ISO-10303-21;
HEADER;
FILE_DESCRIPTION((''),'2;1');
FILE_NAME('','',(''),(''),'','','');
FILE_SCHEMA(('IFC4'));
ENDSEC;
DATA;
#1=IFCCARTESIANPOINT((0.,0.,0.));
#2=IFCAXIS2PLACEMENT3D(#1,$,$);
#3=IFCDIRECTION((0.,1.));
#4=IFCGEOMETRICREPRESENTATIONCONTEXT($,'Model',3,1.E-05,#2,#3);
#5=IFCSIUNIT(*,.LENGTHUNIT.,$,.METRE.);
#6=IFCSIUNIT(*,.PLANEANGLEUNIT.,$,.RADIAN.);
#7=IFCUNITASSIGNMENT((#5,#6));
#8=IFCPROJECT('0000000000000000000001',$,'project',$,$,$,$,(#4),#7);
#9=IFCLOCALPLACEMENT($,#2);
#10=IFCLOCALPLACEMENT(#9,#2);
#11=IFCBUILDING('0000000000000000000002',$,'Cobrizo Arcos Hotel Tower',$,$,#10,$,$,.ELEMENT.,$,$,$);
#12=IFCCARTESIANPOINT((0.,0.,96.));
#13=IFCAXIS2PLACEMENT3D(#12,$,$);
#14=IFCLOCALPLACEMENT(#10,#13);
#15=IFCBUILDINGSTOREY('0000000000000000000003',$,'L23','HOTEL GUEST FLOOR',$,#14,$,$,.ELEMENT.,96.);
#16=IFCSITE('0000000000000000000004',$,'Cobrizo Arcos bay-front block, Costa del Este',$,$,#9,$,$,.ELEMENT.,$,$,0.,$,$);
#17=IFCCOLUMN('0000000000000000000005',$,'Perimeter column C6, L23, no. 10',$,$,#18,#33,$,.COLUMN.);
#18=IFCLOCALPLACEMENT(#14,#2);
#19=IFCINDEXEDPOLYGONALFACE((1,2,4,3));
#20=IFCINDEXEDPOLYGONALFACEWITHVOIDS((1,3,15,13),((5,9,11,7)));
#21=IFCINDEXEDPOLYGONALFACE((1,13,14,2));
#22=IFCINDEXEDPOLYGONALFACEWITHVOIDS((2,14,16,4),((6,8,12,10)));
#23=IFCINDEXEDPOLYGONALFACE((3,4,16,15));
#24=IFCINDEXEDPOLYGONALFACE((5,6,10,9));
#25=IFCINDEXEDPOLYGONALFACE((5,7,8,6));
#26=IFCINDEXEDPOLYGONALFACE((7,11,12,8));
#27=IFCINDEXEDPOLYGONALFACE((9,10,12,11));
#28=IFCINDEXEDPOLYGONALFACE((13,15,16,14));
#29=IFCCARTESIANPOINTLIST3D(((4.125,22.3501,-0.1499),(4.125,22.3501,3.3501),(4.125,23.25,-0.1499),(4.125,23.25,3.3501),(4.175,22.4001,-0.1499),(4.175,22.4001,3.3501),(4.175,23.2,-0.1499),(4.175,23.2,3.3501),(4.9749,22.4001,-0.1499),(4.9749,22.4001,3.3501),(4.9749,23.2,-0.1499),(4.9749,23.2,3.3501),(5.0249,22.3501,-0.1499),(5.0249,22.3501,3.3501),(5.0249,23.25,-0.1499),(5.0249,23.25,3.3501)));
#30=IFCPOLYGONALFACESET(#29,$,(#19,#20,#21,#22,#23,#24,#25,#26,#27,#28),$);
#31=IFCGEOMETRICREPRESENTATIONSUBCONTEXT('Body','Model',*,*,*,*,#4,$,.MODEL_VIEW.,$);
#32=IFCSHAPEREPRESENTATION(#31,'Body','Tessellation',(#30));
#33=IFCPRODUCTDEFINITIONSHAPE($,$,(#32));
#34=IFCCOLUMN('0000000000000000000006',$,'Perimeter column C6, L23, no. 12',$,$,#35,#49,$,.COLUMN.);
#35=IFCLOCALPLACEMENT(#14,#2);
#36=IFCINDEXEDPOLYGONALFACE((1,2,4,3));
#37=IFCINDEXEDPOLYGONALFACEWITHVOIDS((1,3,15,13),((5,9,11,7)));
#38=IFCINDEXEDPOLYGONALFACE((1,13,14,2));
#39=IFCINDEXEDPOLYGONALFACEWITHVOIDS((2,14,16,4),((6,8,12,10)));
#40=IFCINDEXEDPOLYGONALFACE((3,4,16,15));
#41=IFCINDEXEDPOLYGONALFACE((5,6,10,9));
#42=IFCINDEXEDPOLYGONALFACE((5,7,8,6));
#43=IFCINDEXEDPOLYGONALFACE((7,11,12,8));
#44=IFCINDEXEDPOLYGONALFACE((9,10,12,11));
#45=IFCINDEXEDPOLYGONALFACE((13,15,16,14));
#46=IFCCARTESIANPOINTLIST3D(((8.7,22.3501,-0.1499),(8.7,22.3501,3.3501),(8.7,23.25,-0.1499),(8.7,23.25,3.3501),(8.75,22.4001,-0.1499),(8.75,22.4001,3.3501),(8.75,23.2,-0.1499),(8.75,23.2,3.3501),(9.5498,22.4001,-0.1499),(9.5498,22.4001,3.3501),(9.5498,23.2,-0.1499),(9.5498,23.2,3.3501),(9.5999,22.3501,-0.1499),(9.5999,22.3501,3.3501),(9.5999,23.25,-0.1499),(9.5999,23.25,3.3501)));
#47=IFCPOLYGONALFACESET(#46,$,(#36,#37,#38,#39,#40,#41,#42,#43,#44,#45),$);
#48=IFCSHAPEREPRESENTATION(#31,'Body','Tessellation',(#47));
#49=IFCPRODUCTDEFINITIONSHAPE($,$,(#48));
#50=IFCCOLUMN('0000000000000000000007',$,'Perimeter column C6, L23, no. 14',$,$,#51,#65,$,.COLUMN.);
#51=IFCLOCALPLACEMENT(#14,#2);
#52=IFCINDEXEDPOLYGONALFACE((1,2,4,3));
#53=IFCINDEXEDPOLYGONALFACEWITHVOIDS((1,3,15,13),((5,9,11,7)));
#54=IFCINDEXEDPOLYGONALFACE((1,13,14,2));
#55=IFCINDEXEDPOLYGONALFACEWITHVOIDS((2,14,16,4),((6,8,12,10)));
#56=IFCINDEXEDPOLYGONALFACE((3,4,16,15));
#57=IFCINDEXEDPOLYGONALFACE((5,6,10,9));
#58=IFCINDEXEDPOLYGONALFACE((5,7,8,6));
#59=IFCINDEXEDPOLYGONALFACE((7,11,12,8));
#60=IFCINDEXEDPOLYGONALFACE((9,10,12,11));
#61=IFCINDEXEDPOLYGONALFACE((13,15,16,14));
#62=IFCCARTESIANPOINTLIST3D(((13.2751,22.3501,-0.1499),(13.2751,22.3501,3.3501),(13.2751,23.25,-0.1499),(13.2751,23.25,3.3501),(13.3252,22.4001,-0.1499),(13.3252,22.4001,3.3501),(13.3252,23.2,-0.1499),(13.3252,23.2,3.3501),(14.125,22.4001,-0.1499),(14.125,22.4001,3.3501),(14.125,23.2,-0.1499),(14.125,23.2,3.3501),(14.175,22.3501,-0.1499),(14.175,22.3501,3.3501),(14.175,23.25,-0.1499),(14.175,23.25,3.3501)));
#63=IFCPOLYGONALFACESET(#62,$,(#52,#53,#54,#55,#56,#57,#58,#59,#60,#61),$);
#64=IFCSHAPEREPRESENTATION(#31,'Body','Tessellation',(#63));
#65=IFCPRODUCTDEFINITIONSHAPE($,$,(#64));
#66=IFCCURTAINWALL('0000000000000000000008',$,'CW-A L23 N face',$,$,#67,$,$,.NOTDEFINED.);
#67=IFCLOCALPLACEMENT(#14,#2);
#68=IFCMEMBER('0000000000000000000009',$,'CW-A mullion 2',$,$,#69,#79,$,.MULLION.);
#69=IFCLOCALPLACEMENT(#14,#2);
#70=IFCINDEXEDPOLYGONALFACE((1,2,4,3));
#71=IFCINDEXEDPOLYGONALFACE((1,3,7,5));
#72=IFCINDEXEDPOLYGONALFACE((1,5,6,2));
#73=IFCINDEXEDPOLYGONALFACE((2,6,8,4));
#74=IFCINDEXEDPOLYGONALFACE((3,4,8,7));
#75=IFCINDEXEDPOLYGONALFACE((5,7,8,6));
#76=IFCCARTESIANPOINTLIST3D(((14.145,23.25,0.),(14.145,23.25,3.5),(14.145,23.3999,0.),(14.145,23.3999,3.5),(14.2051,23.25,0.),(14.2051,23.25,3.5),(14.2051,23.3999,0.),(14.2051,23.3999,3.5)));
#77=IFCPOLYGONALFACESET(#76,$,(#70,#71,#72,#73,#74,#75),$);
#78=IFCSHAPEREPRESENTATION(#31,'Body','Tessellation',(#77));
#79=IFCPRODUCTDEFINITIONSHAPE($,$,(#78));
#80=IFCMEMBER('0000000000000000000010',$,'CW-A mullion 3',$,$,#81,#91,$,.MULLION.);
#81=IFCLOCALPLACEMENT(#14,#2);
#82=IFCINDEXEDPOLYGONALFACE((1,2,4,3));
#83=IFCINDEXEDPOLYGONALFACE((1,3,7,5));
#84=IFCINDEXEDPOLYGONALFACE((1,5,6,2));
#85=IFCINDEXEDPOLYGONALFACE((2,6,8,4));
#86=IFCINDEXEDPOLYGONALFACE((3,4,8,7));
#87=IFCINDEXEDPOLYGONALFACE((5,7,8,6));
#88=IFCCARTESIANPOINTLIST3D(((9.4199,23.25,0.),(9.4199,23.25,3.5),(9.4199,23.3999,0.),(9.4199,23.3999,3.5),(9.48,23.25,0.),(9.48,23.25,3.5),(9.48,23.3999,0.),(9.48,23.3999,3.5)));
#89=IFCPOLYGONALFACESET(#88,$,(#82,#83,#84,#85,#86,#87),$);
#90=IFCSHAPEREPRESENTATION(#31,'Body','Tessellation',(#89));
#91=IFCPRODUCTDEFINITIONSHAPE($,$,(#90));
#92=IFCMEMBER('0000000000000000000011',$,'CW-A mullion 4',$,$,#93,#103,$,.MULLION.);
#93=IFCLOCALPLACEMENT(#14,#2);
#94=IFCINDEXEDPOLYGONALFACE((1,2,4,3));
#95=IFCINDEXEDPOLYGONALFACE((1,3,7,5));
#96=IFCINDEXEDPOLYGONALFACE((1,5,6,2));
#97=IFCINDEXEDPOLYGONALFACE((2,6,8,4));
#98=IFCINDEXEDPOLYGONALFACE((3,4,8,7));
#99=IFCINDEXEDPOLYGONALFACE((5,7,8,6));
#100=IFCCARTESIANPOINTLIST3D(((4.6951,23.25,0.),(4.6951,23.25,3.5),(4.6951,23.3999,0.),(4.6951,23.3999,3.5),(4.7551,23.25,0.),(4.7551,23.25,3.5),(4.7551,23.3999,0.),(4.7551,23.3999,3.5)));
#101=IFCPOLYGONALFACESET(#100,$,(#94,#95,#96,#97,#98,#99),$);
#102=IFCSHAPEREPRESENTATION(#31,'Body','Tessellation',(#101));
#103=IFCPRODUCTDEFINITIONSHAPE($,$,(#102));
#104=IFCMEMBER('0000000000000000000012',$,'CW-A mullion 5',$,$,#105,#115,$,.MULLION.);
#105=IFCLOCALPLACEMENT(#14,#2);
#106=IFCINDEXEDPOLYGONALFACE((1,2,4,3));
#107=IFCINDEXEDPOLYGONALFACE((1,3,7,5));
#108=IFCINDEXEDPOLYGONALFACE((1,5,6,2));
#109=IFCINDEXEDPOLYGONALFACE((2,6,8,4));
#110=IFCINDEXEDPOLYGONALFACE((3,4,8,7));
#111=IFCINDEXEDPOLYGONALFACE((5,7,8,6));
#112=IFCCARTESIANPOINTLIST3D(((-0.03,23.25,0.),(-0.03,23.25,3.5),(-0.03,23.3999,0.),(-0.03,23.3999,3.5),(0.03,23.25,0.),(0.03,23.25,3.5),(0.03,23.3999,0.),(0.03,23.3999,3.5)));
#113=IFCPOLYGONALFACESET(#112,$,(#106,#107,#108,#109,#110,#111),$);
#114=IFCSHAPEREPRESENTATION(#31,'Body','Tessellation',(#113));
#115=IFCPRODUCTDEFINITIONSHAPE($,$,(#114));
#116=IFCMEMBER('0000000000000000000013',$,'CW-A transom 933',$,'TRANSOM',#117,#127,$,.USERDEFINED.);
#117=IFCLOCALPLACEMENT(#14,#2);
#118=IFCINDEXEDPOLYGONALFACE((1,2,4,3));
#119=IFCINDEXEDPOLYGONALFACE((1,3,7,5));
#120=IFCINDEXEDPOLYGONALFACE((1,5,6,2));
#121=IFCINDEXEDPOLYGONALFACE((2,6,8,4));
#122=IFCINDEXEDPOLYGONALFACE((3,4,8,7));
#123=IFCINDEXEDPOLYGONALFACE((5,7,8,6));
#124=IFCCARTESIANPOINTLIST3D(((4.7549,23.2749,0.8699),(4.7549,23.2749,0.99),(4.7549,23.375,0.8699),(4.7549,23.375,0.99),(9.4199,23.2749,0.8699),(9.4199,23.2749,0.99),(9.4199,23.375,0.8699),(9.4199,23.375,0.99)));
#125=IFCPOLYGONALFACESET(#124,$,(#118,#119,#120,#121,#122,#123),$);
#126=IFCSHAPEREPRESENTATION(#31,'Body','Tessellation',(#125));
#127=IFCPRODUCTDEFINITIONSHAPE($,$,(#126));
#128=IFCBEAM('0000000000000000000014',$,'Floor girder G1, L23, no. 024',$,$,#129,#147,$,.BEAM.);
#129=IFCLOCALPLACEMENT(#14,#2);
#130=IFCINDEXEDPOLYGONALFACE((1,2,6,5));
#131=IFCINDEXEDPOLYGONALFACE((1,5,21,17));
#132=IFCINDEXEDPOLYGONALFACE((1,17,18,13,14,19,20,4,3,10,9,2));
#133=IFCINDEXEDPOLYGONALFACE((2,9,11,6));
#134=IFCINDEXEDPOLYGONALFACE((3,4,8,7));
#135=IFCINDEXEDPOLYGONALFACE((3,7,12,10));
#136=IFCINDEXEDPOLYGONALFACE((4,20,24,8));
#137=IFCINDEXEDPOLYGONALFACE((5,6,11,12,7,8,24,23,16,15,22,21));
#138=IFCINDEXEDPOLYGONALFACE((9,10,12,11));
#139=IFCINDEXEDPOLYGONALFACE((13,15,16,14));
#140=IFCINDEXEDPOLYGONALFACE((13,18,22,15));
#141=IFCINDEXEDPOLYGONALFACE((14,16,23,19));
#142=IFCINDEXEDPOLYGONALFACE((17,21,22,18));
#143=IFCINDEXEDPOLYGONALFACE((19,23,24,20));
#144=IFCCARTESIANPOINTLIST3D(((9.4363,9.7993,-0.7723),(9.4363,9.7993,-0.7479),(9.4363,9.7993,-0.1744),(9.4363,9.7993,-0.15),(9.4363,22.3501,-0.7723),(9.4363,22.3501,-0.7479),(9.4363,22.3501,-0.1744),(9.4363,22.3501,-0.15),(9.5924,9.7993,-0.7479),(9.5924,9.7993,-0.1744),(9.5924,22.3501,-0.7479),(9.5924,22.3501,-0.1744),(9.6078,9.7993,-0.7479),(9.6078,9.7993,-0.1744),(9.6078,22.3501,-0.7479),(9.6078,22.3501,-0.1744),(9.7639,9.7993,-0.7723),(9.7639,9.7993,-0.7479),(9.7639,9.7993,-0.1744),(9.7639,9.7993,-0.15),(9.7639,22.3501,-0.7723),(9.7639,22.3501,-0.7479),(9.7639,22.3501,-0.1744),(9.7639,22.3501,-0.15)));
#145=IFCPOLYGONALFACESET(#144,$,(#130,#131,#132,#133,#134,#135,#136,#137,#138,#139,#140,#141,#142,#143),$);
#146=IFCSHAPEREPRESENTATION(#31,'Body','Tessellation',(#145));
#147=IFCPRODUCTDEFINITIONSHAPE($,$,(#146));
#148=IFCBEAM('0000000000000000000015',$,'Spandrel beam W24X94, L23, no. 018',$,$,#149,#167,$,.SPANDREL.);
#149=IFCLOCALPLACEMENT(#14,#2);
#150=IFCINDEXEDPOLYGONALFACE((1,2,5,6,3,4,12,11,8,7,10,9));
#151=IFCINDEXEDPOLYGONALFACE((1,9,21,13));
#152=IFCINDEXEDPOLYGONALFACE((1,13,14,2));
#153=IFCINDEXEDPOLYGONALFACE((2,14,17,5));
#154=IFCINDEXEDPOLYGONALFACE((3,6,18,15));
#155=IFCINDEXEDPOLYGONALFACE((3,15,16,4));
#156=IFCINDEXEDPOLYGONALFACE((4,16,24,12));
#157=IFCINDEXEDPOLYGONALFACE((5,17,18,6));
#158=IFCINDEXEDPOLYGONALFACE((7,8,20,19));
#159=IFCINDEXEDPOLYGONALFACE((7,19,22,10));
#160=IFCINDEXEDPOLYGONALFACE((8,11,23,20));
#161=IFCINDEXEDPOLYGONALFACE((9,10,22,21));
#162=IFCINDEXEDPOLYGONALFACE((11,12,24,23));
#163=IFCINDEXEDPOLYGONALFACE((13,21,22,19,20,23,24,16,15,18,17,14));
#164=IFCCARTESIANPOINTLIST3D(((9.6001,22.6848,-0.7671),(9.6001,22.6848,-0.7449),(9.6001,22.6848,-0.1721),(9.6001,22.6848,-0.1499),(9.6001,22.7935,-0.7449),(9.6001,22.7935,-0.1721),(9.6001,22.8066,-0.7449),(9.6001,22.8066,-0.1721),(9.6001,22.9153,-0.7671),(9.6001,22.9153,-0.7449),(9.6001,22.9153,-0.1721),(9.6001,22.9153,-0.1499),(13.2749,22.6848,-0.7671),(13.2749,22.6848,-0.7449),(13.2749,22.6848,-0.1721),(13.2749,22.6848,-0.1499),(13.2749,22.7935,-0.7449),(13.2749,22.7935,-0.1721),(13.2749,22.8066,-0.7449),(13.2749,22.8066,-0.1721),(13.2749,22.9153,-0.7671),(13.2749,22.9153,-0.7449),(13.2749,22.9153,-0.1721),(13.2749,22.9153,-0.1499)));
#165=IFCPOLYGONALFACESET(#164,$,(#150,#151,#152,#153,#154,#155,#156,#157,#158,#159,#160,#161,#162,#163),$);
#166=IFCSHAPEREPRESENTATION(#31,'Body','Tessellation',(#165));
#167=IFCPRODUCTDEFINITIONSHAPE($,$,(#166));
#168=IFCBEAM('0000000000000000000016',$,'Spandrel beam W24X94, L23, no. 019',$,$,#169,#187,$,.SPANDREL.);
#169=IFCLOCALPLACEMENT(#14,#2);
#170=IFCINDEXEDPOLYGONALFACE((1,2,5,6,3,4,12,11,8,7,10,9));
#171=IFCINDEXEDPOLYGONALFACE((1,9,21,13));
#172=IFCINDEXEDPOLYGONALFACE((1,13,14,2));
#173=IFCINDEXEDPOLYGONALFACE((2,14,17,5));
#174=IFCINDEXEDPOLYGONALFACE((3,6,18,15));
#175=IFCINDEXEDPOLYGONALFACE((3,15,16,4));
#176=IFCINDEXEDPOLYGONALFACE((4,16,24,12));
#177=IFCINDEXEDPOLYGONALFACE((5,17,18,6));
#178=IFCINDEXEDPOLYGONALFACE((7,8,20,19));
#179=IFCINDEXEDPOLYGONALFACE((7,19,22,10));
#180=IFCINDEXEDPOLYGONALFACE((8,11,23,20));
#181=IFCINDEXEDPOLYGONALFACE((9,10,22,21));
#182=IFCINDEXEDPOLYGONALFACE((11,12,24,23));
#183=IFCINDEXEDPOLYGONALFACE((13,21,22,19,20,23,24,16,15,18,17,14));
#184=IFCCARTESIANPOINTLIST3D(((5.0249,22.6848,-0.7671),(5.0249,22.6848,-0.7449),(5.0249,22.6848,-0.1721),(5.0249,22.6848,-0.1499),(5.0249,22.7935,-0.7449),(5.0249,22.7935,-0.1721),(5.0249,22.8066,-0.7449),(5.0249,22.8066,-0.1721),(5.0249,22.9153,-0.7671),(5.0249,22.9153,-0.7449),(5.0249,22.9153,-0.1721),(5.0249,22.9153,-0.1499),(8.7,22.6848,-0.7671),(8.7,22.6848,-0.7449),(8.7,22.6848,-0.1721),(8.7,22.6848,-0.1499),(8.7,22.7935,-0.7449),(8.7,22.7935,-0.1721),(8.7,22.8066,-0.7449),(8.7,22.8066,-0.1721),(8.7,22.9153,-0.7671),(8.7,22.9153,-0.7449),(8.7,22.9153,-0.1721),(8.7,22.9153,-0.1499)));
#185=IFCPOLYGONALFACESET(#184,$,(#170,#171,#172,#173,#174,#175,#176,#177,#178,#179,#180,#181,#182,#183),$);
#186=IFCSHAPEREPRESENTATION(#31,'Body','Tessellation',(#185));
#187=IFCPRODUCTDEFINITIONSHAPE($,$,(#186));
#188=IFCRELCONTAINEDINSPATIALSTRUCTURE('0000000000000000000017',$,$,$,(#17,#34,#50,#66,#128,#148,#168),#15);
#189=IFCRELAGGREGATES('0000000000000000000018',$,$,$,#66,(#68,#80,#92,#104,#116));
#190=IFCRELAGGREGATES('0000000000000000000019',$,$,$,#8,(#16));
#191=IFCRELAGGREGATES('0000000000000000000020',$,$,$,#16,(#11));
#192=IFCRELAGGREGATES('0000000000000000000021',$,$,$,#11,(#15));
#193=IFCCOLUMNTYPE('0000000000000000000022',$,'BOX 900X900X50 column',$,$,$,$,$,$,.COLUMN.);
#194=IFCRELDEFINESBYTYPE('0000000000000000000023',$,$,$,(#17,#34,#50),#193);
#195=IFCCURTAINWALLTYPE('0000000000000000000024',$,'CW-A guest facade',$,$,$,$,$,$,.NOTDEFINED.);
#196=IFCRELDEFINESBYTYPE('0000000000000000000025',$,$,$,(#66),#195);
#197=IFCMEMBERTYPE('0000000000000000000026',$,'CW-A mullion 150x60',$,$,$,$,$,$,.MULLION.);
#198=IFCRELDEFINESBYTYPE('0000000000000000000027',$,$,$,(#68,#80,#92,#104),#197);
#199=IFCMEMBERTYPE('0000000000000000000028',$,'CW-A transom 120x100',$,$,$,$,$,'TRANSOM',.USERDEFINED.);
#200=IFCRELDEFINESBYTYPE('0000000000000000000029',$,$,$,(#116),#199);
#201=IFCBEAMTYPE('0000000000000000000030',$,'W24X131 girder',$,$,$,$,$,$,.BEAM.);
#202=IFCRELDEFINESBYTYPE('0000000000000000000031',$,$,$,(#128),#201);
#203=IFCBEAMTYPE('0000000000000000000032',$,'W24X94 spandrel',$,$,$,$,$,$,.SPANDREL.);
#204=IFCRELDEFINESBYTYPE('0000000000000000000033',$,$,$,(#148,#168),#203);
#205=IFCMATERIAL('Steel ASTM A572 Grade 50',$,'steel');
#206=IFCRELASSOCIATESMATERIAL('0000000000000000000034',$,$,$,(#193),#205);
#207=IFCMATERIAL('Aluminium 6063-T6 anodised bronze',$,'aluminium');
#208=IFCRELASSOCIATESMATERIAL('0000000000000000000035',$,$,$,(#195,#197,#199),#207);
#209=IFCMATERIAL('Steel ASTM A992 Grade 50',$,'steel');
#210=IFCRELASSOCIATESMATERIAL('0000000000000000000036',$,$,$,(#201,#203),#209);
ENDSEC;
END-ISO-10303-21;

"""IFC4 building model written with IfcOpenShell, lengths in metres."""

from ifc_helpers import new_model, si_unit, direction, frame, origin, origin_2d, place, context, subcontext, project, spatial, rectangle, hollow_rectangle, i_section, extrude, material, material_profile, profile_set, type_object, element, aggregate, save


model = new_model("IFC4")

# Units and contexts
model_context = context("Model", 3, precision=1e-05, world=origin(), true_north=direction((0.0, 1.0)))
body_context = subcontext(model_context, "Body", "Model", "MODEL_VIEW")
ifc_project = project(units=[si_unit("LENGTHUNIT", "METRE"), si_unit("PLANEANGLEUNIT", "RADIAN")], contexts=[model_context])

# Site, building, storey
site_placement = place(None, origin())
site = spatial("IfcSite", under=ifc_project, at=site_placement, Name="Cobrizo Arcos bay-front block, Costa del Este", CompositionType="ELEMENT", RefElevation=0.0)
building_placement = place(site_placement, origin())
building = spatial("IfcBuilding", under=site, at=building_placement, Name="Cobrizo Arcos Hotel Tower", CompositionType="ELEMENT")
storey_placement = place(building_placement, frame((0.0, 0.0, 96.0)))
storey = spatial("IfcBuildingStorey", under=building, at=storey_placement, Name="L23", Description="HOTEL GUEST FLOOR", CompositionType="ELEMENT", Elevation=96.0)

# Columns
ifc_material_1 = material(Name="Steel ASTM A572 Grade 50", Category="steel")
ifc_material_profile_1 = material_profile(ifc_material_1, hollow_rectangle(XDim=0.8999, YDim=0.8999, WallThickness=0.05, at=origin_2d()), Name="BOX 900X900X50")
ifc_profile_set_1 = profile_set([ifc_material_profile_1], Name="Steel ASTM A572 Grade 50")
column_type = type_object("IfcColumnType", Name="BOX 900X900X50 column", PredefinedType="COLUMN", material=ifc_profile_set_1)
for number, where, z_axis, x_axis, name in (
    (1, (4.575, 22.8, -0.1499), (0.0, 0.0, 1.0), (1.0, 0.0, 0.0), "Perimeter column C6, L23, no. 10"),
    (2, (9.1499, 22.8, -0.1499), (0.0, 0.0, 1.0), (1.0, 0.0, 0.0), "Perimeter column C6, L23, no. 12"),
    (3, (13.7251, 22.8, -0.1499), (0.0, 0.0, 1.0), (1.0, 0.0, 0.0), "Perimeter column C6, L23, no. 14"),
):
    element("IfcColumn", number, at=place(storey_placement, frame(where, z_axis=z_axis, x_axis=x_axis)), inside=storey, type_object=column_type, Name=name, PredefinedType="COLUMN", context=body_context, shape_type="SweptSolid", body=[
        extrude(hollow_rectangle(XDim=0.8999, YDim=0.8999, WallThickness=0.05, at=origin_2d()), origin(), (0.0, 0.0, 1.0), 3.5),
    ])

# Curtain wall, members
ifc_material_2 = material(Name="Aluminium 6063-T6 anodised bronze", Category="aluminium")
curtain_wall_type = type_object("IfcCurtainWallType", Name="CW-A guest facade", PredefinedType="NOTDEFINED", material=ifc_material_2)
curtain_wall_placement = place(storey_placement, origin())
curtain_wall = element("IfcCurtainWall", 4, at=curtain_wall_placement, inside=storey, type_object=curtain_wall_type, Name="CW-A L23 N face", PredefinedType="NOTDEFINED")
ifc_material_profile_2 = material_profile(ifc_material_2, rectangle(XDim=0.1499, YDim=0.0601, at=origin_2d()), Name="CW-A mullion 150x60")
ifc_profile_set_2 = profile_set([ifc_material_profile_2], Name="Aluminium 6063-T6 anodised bronze")
member_type_1 = type_object("IfcMemberType", Name="CW-A mullion 150x60", PredefinedType="MULLION", material=ifc_profile_set_2)
member_1_placement = place(storey_placement, frame((14.175, 23.325, 0.0), z_axis=(0.0, 0.0, 1.0), x_axis=(0.0, 1.0, 0.0)))
member_1 = element("IfcMember", 5, at=member_1_placement, type_object=member_type_1, Name="CW-A mullion 2", PredefinedType="MULLION", context=body_context, shape_type="SweptSolid", body=[
    extrude(rectangle(XDim=0.1499, YDim=0.0601, at=origin_2d()), origin(), (0.0, 0.0, 1.0), 3.5),
])
member_2_placement = place(storey_placement, frame((9.45, 23.325, 0.0), z_axis=(0.0, 0.0, 1.0), x_axis=(0.0, 1.0, 0.0)))
member_2 = element("IfcMember", 6, at=member_2_placement, type_object=member_type_1, Name="CW-A mullion 3", PredefinedType="MULLION", context=body_context, shape_type="SweptSolid", body=[
    extrude(rectangle(XDim=0.1499, YDim=0.0601, at=origin_2d()), origin(), (0.0, 0.0, 1.0), 3.5),
])
member_3_placement = place(storey_placement, frame((4.7251, 23.325, 0.0), z_axis=(0.0, 0.0, 1.0), x_axis=(0.0, 1.0, 0.0)))
member_3 = element("IfcMember", 7, at=member_3_placement, type_object=member_type_1, Name="CW-A mullion 4", PredefinedType="MULLION", context=body_context, shape_type="SweptSolid", body=[
    extrude(rectangle(XDim=0.1499, YDim=0.0601, at=origin_2d()), origin(), (0.0, 0.0, 1.0), 3.5),
])
member_4_placement = place(storey_placement, frame((0.0, 23.325, 0.0), z_axis=(0.0, 0.0, 1.0), x_axis=(0.0, 1.0, 0.0)))
member_4 = element("IfcMember", 8, at=member_4_placement, type_object=member_type_1, Name="CW-A mullion 5", PredefinedType="MULLION", context=body_context, shape_type="SweptSolid", body=[
    extrude(rectangle(XDim=0.1499, YDim=0.0601, at=origin_2d()), origin(), (0.0, 0.0, 1.0), 3.5),
])
ifc_material_profile_3 = material_profile(ifc_material_2, rectangle(XDim=0.1001, YDim=0.1201, at=origin_2d()), Name="CW-A transom 120x100")
ifc_profile_set_3 = profile_set([ifc_material_profile_3], Name="Aluminium 6063-T6 anodised bronze")
member_type_2 = type_object("IfcMemberType", Name="CW-A transom 120x100", ElementType="TRANSOM", PredefinedType="USERDEFINED", material=ifc_profile_set_3)
member_5_placement = place(storey_placement, frame((9.4199, 23.325, 0.9299), z_axis=(-1.0, 0.0, 0.0), x_axis=(0.0, -1.0, 0.0)))
member_5 = element("IfcMember", 9, at=member_5_placement, type_object=member_type_2, Name="CW-A transom 933", ObjectType="TRANSOM", PredefinedType="USERDEFINED", context=body_context, shape_type="SweptSolid", body=[
    extrude(rectangle(XDim=0.1001, YDim=0.1201, at=origin_2d()), origin(), (0.0, 0.0, 1.0), 4.665),
])

# Beams
ifc_material_3 = material(Name="Steel ASTM A992 Grade 50", Category="steel")
ifc_material_profile_4 = material_profile(ifc_material_3, i_section(OverallWidth=0.3276, OverallDepth=0.6223, WebThickness=0.0154, FlangeThickness=0.0244, at=origin_2d()), Name="W24X131")
ifc_profile_set_4 = profile_set([ifc_material_profile_4], Name="Steel ASTM A992 Grade 50")
beam_type_1 = type_object("IfcBeamType", Name="W24X131 girder", PredefinedType="BEAM", material=ifc_profile_set_4)
beam_1_placement = place(storey_placement, frame((9.6001, 9.7993, -0.4612), z_axis=(0.0, 1.0, 0.0), x_axis=(-1.0, 0.0, 0.0)))
element("IfcBeam", 10, at=beam_1_placement, inside=storey, type_object=beam_type_1, Name="Floor girder G1, L23, no. 024", PredefinedType="BEAM", context=body_context, shape_type="SweptSolid", body=[
    extrude(i_section(OverallWidth=0.3276, OverallDepth=0.6223, WebThickness=0.0154, FlangeThickness=0.0244, at=origin_2d()), origin(), (0.0, 0.0, 1.0), 12.5508),
])
ifc_material_profile_5 = material_profile(ifc_material_3, i_section(OverallWidth=0.2305, OverallDepth=0.6172, WebThickness=0.0132, FlangeThickness=0.0222, at=origin_2d()), Name="W24X94")
ifc_profile_set_5 = profile_set([ifc_material_profile_5], Name="Steel ASTM A992 Grade 50")
beam_type_2 = type_object("IfcBeamType", Name="W24X94 spandrel", PredefinedType="SPANDREL", material=ifc_profile_set_5)
beam_2_placement = place(storey_placement, frame((13.2749, 22.8, -0.4585), z_axis=(-1.0, 0.0, 0.0), x_axis=(0.0, -1.0, 0.0)))
element("IfcBeam", 11, at=beam_2_placement, inside=storey, type_object=beam_type_2, Name="Spandrel beam W24X94, L23, no. 018", PredefinedType="SPANDREL", context=body_context, shape_type="SweptSolid", body=[
    extrude(i_section(OverallWidth=0.2305, OverallDepth=0.6172, WebThickness=0.0132, FlangeThickness=0.0222, at=origin_2d()), origin(), (0.0, 0.0, 1.0), 3.6748),
])
for number, where, z_axis, x_axis, name in (
    (12, (8.7, 22.8, -0.4585), (-1.0, 0.0, 0.0), (0.0, -1.0, 0.0), "Spandrel beam W24X94, L23, no. 019"),
):
    element("IfcBeam", number, at=place(storey_placement, frame(where, z_axis=z_axis, x_axis=x_axis)), inside=storey, type_object=beam_type_2, Name=name, PredefinedType="SPANDREL", context=body_context, shape_type="SweptSolid", body=[
        extrude(i_section(OverallWidth=0.2305, OverallDepth=0.6172, WebThickness=0.0132, FlangeThickness=0.0222, at=origin_2d()), origin(), (0.0, 0.0, 1.0), 3.675),
    ])

aggregate(curtain_wall, [member_1, member_2, member_3, member_4, member_5])

save(model, "model.ifc")
